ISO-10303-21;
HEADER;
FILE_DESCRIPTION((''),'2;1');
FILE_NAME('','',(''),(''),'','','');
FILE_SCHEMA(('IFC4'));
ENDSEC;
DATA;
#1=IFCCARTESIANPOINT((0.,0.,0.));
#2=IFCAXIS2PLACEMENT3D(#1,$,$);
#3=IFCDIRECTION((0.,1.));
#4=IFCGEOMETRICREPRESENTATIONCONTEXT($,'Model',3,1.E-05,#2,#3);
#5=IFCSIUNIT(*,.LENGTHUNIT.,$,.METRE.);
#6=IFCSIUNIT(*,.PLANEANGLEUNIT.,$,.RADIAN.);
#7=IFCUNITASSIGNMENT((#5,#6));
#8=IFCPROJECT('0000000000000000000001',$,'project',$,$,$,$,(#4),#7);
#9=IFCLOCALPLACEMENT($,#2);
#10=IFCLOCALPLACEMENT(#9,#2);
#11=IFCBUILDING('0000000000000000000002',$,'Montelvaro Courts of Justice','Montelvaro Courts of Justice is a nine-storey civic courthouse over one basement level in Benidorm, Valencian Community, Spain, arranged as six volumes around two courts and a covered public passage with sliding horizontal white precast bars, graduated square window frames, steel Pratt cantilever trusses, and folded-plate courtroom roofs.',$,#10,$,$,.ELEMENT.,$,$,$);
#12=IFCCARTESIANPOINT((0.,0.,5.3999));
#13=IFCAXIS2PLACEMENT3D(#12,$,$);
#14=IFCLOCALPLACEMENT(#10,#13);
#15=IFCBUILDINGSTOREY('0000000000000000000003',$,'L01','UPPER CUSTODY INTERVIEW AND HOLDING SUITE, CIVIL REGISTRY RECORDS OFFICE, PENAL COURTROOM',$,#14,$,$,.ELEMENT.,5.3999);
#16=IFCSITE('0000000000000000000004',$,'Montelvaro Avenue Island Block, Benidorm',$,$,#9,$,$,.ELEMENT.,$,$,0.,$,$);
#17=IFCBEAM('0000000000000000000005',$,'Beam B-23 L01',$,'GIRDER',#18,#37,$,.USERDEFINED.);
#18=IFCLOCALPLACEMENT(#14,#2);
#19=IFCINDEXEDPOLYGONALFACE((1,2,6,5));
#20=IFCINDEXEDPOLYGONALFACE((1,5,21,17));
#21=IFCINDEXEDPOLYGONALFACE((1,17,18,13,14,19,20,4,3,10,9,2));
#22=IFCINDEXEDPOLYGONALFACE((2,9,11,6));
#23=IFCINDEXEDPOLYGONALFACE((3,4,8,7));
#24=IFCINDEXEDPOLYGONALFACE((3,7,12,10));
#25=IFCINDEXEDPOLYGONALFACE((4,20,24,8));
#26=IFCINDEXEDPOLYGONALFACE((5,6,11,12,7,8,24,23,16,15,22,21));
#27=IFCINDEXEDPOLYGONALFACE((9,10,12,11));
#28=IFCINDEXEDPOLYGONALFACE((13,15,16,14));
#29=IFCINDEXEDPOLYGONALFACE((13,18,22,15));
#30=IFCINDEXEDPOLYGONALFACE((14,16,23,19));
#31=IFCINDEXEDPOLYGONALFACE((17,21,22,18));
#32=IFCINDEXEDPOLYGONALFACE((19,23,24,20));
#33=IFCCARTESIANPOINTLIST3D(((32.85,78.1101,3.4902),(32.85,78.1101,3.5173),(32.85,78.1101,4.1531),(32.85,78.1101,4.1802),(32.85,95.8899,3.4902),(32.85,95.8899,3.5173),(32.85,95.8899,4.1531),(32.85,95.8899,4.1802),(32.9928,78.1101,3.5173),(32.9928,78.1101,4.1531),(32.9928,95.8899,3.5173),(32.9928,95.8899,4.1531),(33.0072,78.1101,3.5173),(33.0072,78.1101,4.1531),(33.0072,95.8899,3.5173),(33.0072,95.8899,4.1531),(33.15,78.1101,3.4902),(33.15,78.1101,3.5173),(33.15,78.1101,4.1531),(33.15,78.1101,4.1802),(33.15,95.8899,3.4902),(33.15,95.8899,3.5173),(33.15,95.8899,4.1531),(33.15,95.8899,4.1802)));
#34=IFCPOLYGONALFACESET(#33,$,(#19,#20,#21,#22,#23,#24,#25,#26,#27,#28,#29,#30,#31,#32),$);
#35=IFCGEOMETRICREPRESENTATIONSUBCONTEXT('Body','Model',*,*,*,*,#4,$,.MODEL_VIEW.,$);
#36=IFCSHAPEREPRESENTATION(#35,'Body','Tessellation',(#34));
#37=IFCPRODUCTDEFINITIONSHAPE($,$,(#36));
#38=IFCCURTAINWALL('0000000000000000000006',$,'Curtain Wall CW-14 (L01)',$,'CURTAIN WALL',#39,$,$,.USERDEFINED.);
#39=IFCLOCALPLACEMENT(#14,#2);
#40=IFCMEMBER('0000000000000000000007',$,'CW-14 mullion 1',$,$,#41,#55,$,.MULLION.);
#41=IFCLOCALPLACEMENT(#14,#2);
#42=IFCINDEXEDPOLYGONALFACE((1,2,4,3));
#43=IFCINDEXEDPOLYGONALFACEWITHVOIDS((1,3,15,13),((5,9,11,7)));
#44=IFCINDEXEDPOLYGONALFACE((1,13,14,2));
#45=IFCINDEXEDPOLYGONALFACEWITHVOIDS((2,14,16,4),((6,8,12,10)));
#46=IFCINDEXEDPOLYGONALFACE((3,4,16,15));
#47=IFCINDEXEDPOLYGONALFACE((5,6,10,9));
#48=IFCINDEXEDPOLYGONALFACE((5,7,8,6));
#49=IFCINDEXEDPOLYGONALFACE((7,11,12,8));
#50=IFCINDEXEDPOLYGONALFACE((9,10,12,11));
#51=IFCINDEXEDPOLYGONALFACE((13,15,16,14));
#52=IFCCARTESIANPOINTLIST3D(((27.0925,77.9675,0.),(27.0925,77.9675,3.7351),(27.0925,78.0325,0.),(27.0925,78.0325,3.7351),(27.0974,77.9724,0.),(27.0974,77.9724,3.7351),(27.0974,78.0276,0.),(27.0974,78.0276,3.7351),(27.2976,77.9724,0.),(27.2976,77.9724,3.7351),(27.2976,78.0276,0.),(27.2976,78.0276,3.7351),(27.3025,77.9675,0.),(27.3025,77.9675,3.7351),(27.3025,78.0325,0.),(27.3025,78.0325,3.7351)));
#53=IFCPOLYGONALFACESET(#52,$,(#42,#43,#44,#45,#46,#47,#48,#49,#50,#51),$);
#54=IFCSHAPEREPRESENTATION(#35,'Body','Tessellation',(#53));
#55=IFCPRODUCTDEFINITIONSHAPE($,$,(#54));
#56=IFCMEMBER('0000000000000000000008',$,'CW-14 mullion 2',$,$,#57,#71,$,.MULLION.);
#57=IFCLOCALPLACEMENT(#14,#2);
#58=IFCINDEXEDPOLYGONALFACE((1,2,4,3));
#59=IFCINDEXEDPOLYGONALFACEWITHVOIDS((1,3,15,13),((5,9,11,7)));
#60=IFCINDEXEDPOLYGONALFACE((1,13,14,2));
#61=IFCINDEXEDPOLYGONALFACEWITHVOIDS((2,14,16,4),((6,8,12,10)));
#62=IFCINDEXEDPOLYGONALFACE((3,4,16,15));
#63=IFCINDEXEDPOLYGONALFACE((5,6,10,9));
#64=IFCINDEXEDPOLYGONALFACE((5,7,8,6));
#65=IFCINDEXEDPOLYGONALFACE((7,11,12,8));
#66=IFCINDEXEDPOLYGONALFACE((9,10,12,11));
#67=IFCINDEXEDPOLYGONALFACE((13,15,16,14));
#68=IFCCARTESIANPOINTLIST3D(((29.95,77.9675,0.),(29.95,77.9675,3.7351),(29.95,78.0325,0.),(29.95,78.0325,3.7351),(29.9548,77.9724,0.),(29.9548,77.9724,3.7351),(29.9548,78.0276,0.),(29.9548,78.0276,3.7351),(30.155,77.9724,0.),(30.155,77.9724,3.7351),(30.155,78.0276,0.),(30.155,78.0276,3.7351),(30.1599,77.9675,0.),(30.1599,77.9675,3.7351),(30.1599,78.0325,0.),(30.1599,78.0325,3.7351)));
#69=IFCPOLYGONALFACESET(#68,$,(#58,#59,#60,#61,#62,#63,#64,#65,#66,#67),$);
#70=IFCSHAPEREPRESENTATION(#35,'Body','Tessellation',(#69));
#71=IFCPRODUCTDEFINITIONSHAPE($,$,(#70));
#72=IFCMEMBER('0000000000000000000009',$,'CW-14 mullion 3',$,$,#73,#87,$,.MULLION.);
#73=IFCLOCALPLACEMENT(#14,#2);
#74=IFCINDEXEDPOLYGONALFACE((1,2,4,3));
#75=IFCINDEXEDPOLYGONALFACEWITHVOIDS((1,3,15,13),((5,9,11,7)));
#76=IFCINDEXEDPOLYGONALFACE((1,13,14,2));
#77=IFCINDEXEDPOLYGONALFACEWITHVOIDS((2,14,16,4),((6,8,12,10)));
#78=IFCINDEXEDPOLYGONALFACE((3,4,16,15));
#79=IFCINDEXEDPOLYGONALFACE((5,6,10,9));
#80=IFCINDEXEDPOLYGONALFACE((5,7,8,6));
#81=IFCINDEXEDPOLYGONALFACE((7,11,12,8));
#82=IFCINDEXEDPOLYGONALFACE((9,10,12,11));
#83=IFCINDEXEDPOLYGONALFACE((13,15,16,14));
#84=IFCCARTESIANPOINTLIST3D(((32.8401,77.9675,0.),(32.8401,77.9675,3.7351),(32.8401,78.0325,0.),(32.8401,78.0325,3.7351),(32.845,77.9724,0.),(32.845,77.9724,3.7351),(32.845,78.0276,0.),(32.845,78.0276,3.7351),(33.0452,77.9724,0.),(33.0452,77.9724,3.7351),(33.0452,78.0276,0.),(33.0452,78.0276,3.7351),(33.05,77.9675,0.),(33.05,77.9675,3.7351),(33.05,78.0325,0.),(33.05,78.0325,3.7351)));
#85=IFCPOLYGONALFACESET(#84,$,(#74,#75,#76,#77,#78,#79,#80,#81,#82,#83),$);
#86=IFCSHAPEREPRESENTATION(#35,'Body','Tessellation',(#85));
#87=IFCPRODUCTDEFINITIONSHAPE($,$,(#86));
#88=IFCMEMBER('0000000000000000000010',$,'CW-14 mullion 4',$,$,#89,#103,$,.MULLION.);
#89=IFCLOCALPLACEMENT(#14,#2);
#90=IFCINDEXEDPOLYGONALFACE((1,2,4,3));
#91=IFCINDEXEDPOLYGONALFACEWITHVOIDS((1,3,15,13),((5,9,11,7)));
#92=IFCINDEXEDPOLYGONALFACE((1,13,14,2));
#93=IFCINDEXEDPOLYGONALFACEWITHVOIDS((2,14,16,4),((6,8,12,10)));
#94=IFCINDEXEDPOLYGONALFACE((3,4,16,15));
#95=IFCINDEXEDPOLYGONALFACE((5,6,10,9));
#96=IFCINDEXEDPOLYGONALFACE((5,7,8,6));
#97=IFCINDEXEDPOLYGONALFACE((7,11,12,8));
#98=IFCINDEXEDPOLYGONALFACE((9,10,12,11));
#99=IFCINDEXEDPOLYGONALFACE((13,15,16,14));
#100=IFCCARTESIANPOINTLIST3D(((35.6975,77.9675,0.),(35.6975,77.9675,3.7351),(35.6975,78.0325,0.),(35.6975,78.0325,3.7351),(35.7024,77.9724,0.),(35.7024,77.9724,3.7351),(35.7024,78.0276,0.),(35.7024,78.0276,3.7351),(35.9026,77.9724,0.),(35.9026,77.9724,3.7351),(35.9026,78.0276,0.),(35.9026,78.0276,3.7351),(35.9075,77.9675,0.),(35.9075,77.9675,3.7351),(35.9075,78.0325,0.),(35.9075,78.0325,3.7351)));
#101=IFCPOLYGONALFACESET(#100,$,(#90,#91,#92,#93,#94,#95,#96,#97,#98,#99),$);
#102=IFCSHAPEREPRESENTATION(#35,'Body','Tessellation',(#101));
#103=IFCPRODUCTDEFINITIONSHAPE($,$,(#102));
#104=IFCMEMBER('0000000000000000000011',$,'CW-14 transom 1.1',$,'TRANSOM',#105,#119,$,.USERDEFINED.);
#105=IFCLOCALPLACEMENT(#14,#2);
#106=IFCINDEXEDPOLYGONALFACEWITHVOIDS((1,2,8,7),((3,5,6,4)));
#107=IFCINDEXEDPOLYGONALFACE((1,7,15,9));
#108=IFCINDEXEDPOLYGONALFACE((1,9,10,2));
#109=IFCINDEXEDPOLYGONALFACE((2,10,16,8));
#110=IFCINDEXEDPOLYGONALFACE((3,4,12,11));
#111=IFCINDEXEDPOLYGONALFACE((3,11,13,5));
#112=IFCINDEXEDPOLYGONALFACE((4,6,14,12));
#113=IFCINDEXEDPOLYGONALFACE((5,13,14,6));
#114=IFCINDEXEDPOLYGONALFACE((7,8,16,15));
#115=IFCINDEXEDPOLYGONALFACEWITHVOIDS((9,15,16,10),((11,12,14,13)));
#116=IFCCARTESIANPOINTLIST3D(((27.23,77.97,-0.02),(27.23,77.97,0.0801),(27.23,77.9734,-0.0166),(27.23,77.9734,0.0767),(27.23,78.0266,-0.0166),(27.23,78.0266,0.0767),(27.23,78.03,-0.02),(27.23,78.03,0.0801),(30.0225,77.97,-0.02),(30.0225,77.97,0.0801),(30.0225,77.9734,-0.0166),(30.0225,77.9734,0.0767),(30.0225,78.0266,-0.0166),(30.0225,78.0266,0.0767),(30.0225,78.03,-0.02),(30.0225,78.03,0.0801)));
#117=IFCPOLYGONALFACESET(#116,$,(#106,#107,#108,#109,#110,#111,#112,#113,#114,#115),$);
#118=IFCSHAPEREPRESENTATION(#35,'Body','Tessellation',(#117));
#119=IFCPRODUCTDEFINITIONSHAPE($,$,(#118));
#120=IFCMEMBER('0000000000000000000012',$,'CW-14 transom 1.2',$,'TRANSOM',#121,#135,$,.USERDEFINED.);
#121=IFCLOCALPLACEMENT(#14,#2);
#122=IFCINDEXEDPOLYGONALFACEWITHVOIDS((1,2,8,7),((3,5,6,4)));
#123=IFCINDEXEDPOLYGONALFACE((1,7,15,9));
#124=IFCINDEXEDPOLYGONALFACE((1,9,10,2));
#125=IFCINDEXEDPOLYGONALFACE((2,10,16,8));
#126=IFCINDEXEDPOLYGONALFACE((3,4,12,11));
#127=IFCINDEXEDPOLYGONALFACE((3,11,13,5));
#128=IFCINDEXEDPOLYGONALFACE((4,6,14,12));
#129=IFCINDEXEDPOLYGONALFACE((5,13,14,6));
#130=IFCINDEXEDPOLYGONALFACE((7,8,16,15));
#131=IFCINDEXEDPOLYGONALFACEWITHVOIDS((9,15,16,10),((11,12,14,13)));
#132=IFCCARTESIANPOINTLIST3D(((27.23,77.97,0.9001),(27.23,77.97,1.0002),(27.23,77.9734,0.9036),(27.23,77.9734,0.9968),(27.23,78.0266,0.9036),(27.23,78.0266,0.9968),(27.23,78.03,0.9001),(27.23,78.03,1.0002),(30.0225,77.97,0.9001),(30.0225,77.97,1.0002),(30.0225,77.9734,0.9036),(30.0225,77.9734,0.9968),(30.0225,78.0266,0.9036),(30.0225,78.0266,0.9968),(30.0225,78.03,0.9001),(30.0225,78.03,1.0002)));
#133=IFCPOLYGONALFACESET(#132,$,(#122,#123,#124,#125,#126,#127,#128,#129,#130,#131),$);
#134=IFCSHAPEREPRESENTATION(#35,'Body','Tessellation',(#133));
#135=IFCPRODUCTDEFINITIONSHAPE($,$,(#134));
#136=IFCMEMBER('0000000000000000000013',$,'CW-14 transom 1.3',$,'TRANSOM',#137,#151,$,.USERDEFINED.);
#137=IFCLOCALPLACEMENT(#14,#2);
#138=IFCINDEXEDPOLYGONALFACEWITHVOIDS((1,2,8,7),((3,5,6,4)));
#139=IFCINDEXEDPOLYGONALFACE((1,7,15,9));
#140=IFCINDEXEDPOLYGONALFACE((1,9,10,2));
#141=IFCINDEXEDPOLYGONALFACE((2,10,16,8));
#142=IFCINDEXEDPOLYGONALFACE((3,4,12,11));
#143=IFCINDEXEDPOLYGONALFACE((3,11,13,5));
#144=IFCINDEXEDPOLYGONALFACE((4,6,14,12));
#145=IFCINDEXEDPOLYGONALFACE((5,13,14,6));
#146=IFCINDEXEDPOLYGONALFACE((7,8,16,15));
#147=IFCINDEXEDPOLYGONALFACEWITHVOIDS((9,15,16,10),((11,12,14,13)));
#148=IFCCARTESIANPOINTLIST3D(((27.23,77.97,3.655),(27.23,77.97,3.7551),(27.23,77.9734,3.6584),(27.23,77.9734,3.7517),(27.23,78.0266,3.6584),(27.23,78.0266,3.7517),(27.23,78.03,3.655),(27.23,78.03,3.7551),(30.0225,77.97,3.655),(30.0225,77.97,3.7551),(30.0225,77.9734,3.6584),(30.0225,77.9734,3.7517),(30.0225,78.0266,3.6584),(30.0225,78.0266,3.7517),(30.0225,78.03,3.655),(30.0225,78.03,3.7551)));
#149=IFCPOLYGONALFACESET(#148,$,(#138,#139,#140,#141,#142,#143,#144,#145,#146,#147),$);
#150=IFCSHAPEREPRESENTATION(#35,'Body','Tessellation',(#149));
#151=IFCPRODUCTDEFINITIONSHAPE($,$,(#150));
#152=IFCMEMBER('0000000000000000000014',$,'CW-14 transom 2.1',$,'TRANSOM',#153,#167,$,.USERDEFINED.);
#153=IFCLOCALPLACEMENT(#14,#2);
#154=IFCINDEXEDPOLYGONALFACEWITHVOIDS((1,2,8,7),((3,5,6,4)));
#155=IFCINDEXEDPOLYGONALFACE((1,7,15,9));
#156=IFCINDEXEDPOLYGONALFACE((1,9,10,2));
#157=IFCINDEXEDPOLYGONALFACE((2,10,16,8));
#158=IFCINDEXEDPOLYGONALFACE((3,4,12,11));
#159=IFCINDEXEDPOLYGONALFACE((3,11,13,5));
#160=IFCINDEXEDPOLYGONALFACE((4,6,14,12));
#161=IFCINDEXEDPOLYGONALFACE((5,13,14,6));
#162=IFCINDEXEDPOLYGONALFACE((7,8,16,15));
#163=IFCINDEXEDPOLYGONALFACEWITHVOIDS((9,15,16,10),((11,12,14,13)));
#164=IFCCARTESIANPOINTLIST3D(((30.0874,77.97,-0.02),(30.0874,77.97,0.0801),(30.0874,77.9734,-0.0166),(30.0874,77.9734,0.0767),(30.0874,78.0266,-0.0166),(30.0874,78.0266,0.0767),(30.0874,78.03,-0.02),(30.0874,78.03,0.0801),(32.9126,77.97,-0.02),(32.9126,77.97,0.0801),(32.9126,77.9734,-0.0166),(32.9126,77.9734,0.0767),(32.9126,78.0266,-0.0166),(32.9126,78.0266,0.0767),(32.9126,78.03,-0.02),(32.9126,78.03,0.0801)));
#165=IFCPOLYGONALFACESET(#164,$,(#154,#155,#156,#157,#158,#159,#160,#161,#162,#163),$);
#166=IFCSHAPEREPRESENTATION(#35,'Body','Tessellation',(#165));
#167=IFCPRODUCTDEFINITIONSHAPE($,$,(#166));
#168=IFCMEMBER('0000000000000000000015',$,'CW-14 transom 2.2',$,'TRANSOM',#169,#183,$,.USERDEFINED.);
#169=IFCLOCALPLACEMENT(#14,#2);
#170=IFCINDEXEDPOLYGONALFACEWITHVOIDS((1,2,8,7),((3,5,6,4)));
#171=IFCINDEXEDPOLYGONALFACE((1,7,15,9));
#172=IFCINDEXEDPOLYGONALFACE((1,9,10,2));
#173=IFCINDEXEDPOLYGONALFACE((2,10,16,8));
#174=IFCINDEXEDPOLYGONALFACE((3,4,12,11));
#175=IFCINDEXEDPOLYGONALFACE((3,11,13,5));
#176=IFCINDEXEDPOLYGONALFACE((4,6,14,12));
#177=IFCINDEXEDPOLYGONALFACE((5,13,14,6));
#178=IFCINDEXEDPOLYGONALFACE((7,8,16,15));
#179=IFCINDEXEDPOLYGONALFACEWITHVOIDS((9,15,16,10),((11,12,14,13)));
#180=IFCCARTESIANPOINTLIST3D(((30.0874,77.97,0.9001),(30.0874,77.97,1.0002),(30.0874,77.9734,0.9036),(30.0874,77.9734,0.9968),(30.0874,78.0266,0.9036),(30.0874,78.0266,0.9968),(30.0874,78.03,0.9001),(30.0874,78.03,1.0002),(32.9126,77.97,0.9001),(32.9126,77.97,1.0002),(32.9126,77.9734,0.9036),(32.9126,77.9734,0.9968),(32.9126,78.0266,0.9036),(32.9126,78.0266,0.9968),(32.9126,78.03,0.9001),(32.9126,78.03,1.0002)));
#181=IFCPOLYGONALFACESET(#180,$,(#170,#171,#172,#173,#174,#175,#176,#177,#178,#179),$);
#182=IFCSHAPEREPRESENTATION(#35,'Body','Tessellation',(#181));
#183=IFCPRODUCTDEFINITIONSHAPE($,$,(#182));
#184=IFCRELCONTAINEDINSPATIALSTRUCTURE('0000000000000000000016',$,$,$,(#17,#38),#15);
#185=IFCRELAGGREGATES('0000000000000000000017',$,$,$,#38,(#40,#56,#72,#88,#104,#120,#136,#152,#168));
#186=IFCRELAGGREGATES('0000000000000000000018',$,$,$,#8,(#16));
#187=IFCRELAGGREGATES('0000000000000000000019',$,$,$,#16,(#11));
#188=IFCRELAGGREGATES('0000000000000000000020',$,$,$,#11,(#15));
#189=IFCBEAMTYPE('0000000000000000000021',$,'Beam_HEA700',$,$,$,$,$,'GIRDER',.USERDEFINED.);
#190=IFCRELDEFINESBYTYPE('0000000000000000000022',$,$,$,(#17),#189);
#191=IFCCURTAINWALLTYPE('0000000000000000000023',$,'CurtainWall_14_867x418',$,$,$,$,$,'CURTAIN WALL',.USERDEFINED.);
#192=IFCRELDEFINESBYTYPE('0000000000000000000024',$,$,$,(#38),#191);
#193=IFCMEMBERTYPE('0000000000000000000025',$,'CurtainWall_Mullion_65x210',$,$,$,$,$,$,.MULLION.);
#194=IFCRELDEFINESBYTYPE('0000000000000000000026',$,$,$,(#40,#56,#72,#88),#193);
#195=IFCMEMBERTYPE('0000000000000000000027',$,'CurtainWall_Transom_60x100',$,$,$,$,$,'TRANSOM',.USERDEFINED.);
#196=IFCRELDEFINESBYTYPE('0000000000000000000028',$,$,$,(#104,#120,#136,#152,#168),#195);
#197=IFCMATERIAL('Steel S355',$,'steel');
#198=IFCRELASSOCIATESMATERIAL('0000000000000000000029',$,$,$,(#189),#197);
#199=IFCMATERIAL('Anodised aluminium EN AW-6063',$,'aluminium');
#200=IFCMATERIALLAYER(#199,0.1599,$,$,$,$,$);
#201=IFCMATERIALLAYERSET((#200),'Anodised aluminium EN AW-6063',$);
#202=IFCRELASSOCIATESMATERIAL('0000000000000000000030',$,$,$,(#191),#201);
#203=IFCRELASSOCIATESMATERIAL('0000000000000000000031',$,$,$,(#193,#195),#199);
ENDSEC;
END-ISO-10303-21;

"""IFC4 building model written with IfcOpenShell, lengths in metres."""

from ifc_helpers import new_model, si_unit, direction, frame, origin, origin_2d, place, context, subcontext, project, spatial, hollow_rectangle, i_section, extrude, material, layer, layer_set, material_profile, profile_set, type_object, element, aggregate, save


model = new_model("IFC4")

# Units and contexts
model_context = context("Model", 3, precision=1e-05, world=origin(), true_north=direction((0.0, 1.0)))
body_context = subcontext(model_context, "Body", "Model", "MODEL_VIEW")
ifc_project = project(units=[si_unit("LENGTHUNIT", "METRE"), si_unit("PLANEANGLEUNIT", "RADIAN")], contexts=[model_context])

# Site, building, storey
site_placement = place(None, origin())
site = spatial("IfcSite", under=ifc_project, at=site_placement, Name="Montelvaro Avenue Island Block, Benidorm", CompositionType="ELEMENT", RefElevation=0.0)
building_placement = place(site_placement, origin())
building = spatial("IfcBuilding", under=site, at=building_placement, Name="Montelvaro Courts of Justice", Description="Montelvaro Courts of Justice is a nine-storey civic courthouse over one basement level in Benidorm, Valencian Community, Spain, arranged as six volumes around two courts and a covered public passage with sliding horizontal white precast bars, graduated square window frames, steel Pratt cantilever trusses, and folded-plate courtroom roofs.", CompositionType="ELEMENT")
storey_placement = place(building_placement, frame((0.0, 0.0, 5.3999)))
storey = spatial("IfcBuildingStorey", under=building, at=storey_placement, Name="L01", Description="UPPER CUSTODY INTERVIEW AND HOLDING SUITE, CIVIL REGISTRY RECORDS OFFICE, PENAL COURTROOM", CompositionType="ELEMENT", Elevation=5.3999)

# Beam
ifc_material_1 = material(Name="Steel S355", Category="steel")
ifc_material_profile_1 = material_profile(ifc_material_1, i_section(OverallWidth=0.3, OverallDepth=0.6899, WebThickness=0.0144, FlangeThickness=0.0271, at=origin_2d()), Name="HEA 700")
ifc_profile_set_1 = profile_set([ifc_material_profile_1], Name="Steel S355")
beam_type = type_object("IfcBeamType", Name="Beam_HEA700", ElementType="GIRDER", PredefinedType="USERDEFINED", material=ifc_profile_set_1)
beam_placement = place(storey_placement, frame((33.0, 78.1101, 3.8352), z_axis=(0.0, 1.0, 0.0), x_axis=(-1.0, 0.0, 0.0)))
element("IfcBeam", 1, at=beam_placement, inside=storey, type_object=beam_type, Name="Beam B-23 L01", ObjectType="GIRDER", PredefinedType="USERDEFINED", context=body_context, shape_type="SweptSolid", body=[
    extrude(i_section(OverallWidth=0.3, OverallDepth=0.6899, WebThickness=0.0144, FlangeThickness=0.0271, at=origin_2d()), origin(), (0.0, 0.0, 1.0), 17.7798),
])

# Curtain wall, members
ifc_material_2 = material(Name="Anodised aluminium EN AW-6063", Category="aluminium")
ifc_layer_1 = layer(ifc_material_2, 0.1599)
ifc_layer_set_1 = layer_set([ifc_layer_1], Name="Anodised aluminium EN AW-6063")
curtain_wall_type = type_object("IfcCurtainWallType", Name="CurtainWall_14_867x418", ElementType="CURTAIN WALL", PredefinedType="USERDEFINED", material=ifc_layer_set_1)
curtain_wall_placement = place(storey_placement, origin())
curtain_wall = element("IfcCurtainWall", 2, at=curtain_wall_placement, inside=storey, type_object=curtain_wall_type, Name="Curtain Wall CW-14 (L01)", ObjectType="CURTAIN WALL", PredefinedType="USERDEFINED")
ifc_material_profile_2 = material_profile(ifc_material_2, hollow_rectangle(XDim=0.0649, YDim=0.21, WallThickness=0.0049, at=origin_2d()), Name="ALU-M 65x210")
ifc_profile_set_2 = profile_set([ifc_material_profile_2], Name="Anodised aluminium EN AW-6063")
member_type_1 = type_object("IfcMemberType", Name="CurtainWall_Mullion_65x210", PredefinedType="MULLION", material=ifc_profile_set_2)
member_1_placement = place(storey_placement, frame((27.1975, 78.0, 0.0), z_axis=(0.0, 0.0, 1.0), x_axis=(0.0, 1.0, 0.0)))
member_1 = element("IfcMember", 3, at=member_1_placement, type_object=member_type_1, Name="CW-14 mullion 1", PredefinedType="MULLION", context=body_context, shape_type="SweptSolid", body=[
    extrude(hollow_rectangle(XDim=0.0649, YDim=0.21, WallThickness=0.0049, at=origin_2d()), origin(), (0.0, 0.0, 1.0), 3.7351),
])
member_2_placement = place(storey_placement, frame((30.0549, 78.0, 0.0), z_axis=(0.0, 0.0, 1.0), x_axis=(0.0, 1.0, 0.0)))
member_2 = element("IfcMember", 4, at=member_2_placement, type_object=member_type_1, Name="CW-14 mullion 2", PredefinedType="MULLION", context=body_context, shape_type="SweptSolid", body=[
    extrude(hollow_rectangle(XDim=0.0649, YDim=0.21, WallThickness=0.0049, at=origin_2d()), origin(), (0.0, 0.0, 1.0), 3.7351),
])
member_3_placement = place(storey_placement, frame((32.9451, 78.0, 0.0), z_axis=(0.0, 0.0, 1.0), x_axis=(0.0, 1.0, 0.0)))
member_3 = element("IfcMember", 5, at=member_3_placement, type_object=member_type_1, Name="CW-14 mullion 3", PredefinedType="MULLION", context=body_context, shape_type="SweptSolid", body=[
    extrude(hollow_rectangle(XDim=0.0649, YDim=0.21, WallThickness=0.0049, at=origin_2d()), origin(), (0.0, 0.0, 1.0), 3.7351),
])
member_4_placement = place(storey_placement, frame((35.8025, 78.0, 0.0), z_axis=(0.0, 0.0, 1.0), x_axis=(0.0, 1.0, 0.0)))
member_4 = element("IfcMember", 6, at=member_4_placement, type_object=member_type_1, Name="CW-14 mullion 4", PredefinedType="MULLION", context=body_context, shape_type="SweptSolid", body=[
    extrude(hollow_rectangle(XDim=0.0649, YDim=0.21, WallThickness=0.0049, at=origin_2d()), origin(), (0.0, 0.0, 1.0), 3.7351),
])
ifc_material_profile_3 = material_profile(ifc_material_2, hollow_rectangle(XDim=0.0601, YDim=0.1001, WallThickness=0.0034, at=origin_2d()), Name="ALU-T 60x100")
ifc_profile_set_3 = profile_set([ifc_material_profile_3], Name="Anodised aluminium EN AW-6063")
member_type_2 = type_object("IfcMemberType", Name="CurtainWall_Transom_60x100", ElementType="TRANSOM", PredefinedType="USERDEFINED", material=ifc_profile_set_3)
member_5_placement = place(storey_placement, frame((27.23, 78.0, 0.03), z_axis=(1.0, 0.0, 0.0), x_axis=(0.0, 1.0, 0.0)))
member_5 = element("IfcMember", 7, at=member_5_placement, type_object=member_type_2, Name="CW-14 transom 1.1", ObjectType="TRANSOM", PredefinedType="USERDEFINED", context=body_context, shape_type="SweptSolid", body=[
    extrude(hollow_rectangle(XDim=0.0601, YDim=0.1001, WallThickness=0.0034, at=origin_2d()), origin(), (0.0, 0.0, 1.0), 2.7925),
])
member_6_placement = place(storey_placement, frame((27.23, 78.0, 0.9502), z_axis=(1.0, 0.0, 0.0), x_axis=(0.0, 1.0, 0.0)))
member_6 = element("IfcMember", 8, at=member_6_placement, type_object=member_type_2, Name="CW-14 transom 1.2", ObjectType="TRANSOM", PredefinedType="USERDEFINED", context=body_context, shape_type="SweptSolid", body=[
    extrude(hollow_rectangle(XDim=0.0601, YDim=0.1001, WallThickness=0.0034, at=origin_2d()), origin(), (0.0, 0.0, 1.0), 2.7925),
])
member_7_placement = place(storey_placement, frame((27.23, 78.0, 3.7051), z_axis=(1.0, 0.0, 0.0), x_axis=(0.0, 1.0, 0.0)))
member_7 = element("IfcMember", 9, at=member_7_placement, type_object=member_type_2, Name="CW-14 transom 1.3", ObjectType="TRANSOM", PredefinedType="USERDEFINED", context=body_context, shape_type="SweptSolid", body=[
    extrude(hollow_rectangle(XDim=0.0601, YDim=0.1001, WallThickness=0.0034, at=origin_2d()), origin(), (0.0, 0.0, 1.0), 2.7925),
])
member_8_placement = place(storey_placement, frame((30.0874, 78.0, 0.03), z_axis=(1.0, 0.0, 0.0), x_axis=(0.0, 1.0, 0.0)))
member_8 = element("IfcMember", 10, at=member_8_placement, type_object=member_type_2, Name="CW-14 transom 2.1", ObjectType="TRANSOM", PredefinedType="USERDEFINED", context=body_context, shape_type="SweptSolid", body=[
    extrude(hollow_rectangle(XDim=0.0601, YDim=0.1001, WallThickness=0.0034, at=origin_2d()), origin(), (0.0, 0.0, 1.0), 2.8252),
])
member_9_placement = place(storey_placement, frame((30.0874, 78.0, 0.9502), z_axis=(1.0, 0.0, 0.0), x_axis=(0.0, 1.0, 0.0)))
member_9 = element("IfcMember", 11, at=member_9_placement, type_object=member_type_2, Name="CW-14 transom 2.2", ObjectType="TRANSOM", PredefinedType="USERDEFINED", context=body_context, shape_type="SweptSolid", body=[
    extrude(hollow_rectangle(XDim=0.0601, YDim=0.1001, WallThickness=0.0034, at=origin_2d()), origin(), (0.0, 0.0, 1.0), 2.8252),
])
aggregate(curtain_wall, [member_1, member_2, member_3, member_4, member_5, member_6, member_7, member_8, member_9])

save(model, "model.ifc")
